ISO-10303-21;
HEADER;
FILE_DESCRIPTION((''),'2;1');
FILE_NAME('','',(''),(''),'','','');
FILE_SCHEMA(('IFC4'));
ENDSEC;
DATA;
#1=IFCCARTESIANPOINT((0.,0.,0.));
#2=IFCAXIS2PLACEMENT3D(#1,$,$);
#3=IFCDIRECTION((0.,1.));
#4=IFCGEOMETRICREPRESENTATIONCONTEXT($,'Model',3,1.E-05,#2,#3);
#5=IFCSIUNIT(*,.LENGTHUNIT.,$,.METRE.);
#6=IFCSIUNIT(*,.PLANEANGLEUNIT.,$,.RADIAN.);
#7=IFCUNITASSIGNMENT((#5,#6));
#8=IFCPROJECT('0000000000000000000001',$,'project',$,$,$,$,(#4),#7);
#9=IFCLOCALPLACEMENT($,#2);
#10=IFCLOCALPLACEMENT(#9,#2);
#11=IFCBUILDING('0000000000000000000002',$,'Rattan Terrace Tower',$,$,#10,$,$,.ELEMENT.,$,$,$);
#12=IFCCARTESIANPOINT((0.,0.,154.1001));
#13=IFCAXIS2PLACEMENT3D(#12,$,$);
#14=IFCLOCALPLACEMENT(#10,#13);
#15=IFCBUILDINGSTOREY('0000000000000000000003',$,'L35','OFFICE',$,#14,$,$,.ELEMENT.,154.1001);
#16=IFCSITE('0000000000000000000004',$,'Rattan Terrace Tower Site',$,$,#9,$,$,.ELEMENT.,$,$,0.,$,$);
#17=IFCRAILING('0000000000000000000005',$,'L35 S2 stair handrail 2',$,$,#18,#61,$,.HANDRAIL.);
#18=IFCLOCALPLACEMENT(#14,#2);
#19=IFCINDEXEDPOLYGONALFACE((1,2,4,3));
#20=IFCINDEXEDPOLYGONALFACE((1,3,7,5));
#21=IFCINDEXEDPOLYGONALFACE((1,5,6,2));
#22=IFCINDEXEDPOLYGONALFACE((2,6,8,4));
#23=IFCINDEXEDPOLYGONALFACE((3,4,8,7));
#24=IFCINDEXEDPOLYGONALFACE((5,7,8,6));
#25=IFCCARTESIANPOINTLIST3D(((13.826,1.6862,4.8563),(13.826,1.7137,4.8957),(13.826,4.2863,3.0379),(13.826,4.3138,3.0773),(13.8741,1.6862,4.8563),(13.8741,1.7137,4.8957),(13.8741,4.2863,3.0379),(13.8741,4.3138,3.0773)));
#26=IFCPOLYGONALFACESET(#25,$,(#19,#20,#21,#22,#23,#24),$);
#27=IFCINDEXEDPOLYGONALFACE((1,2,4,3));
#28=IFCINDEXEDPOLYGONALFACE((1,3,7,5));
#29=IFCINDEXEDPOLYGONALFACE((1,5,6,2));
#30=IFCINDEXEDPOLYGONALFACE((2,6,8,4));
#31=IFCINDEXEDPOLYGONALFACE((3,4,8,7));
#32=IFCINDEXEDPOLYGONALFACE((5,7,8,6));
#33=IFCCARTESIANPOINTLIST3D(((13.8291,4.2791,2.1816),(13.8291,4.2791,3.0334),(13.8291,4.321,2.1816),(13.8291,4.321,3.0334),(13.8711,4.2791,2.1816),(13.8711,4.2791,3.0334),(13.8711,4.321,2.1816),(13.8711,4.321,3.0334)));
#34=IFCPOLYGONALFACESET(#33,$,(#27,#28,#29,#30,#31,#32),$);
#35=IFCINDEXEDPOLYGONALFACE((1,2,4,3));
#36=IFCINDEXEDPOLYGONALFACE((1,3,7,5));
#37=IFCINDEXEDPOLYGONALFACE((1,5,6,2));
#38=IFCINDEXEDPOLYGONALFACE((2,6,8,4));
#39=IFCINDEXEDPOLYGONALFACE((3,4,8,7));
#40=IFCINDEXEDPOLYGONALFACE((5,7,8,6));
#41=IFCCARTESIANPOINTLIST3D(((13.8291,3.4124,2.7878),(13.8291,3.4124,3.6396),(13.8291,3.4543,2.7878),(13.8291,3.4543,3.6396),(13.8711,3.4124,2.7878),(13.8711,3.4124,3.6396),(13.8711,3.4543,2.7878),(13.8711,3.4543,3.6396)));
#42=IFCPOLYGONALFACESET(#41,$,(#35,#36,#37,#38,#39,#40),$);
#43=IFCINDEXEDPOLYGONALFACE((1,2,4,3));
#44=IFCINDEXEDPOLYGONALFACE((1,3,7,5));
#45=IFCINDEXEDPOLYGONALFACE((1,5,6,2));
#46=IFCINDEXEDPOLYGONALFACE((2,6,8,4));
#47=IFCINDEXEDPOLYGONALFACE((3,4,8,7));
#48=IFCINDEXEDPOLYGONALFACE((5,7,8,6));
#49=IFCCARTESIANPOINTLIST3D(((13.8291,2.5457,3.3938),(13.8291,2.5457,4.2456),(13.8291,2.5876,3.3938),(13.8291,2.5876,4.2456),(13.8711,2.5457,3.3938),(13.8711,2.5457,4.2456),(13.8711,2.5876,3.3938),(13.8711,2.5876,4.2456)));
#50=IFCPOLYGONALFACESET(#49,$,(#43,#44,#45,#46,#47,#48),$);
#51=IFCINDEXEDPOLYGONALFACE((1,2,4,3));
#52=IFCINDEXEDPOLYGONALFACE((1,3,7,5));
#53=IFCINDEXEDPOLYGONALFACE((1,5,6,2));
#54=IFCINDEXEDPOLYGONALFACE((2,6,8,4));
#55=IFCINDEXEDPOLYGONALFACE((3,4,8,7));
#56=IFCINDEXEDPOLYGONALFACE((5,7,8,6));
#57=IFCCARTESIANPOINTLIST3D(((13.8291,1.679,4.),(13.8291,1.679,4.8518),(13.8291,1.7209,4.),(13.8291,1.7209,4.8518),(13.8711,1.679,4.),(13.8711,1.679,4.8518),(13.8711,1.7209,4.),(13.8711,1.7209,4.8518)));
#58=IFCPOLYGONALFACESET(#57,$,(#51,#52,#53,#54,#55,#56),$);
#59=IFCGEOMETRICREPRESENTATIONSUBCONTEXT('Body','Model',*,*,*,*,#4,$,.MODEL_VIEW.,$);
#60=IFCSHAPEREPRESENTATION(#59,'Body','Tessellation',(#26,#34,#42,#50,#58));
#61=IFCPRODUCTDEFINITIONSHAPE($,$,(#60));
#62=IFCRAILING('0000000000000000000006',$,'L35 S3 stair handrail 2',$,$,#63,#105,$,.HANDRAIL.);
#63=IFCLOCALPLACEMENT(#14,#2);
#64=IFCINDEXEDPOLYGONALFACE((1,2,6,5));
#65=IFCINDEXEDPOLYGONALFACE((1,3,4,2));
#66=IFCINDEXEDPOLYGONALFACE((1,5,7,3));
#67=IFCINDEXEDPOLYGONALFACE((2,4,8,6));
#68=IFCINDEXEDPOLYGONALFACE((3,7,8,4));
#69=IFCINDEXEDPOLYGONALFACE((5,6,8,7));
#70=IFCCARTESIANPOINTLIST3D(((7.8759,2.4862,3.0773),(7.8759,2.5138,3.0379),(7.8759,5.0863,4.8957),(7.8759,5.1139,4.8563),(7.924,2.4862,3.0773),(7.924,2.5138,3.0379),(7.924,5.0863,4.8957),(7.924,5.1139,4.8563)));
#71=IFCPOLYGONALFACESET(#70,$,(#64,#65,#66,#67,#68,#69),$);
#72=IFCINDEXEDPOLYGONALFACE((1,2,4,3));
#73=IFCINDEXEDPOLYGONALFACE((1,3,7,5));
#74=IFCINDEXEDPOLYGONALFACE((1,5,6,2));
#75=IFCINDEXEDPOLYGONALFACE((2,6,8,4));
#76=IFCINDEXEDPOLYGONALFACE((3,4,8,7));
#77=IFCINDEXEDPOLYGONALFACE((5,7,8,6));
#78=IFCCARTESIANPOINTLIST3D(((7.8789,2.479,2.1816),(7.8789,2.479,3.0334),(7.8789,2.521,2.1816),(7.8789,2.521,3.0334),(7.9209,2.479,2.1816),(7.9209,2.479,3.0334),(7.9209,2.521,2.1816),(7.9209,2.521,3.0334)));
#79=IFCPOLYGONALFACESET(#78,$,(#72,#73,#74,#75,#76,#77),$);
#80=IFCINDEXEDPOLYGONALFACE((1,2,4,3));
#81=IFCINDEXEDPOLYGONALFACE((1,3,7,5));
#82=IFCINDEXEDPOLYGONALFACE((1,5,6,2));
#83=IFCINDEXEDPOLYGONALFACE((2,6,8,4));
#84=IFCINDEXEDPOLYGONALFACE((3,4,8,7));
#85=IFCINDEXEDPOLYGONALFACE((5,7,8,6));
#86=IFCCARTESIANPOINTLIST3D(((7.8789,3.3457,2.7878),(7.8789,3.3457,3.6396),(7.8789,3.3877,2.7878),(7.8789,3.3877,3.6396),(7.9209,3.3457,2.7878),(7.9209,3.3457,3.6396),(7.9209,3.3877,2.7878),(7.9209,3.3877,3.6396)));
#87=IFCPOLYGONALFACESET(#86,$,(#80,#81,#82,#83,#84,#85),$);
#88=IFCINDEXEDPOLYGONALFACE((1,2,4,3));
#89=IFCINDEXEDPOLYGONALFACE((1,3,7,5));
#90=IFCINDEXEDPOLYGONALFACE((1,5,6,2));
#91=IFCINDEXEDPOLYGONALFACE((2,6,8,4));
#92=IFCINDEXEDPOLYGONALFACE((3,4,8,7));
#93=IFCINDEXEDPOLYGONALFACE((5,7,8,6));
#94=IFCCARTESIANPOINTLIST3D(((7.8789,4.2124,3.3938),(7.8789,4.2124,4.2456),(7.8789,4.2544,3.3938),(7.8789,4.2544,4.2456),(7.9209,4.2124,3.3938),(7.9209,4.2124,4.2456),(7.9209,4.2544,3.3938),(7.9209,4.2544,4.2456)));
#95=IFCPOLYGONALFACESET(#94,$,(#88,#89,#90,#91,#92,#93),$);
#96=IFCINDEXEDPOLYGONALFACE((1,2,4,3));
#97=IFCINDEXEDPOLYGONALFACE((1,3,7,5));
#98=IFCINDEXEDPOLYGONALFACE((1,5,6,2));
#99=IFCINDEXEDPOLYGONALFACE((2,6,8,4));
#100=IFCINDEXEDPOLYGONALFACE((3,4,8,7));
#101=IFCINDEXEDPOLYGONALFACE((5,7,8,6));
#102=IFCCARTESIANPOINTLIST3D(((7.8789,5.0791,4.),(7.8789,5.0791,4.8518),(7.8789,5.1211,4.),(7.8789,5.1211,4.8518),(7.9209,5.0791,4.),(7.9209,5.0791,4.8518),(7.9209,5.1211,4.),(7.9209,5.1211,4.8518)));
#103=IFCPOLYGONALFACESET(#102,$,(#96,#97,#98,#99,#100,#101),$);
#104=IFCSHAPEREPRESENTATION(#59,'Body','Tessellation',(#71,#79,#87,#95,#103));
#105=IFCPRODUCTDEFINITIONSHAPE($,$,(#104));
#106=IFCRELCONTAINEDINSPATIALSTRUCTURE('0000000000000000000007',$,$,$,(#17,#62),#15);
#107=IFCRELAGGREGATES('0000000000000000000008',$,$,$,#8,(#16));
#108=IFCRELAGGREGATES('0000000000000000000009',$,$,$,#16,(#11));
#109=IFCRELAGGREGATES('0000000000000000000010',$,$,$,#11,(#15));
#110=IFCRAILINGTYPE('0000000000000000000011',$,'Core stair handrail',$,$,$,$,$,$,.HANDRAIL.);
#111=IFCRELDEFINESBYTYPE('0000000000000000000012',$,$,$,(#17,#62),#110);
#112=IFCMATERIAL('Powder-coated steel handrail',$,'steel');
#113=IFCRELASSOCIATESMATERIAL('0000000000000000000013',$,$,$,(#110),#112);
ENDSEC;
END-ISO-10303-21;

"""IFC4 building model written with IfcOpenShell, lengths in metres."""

from ifc_helpers import new_model, si_unit, direction, frame, origin, origin_2d, place, context, subcontext, project, spatial, rectangle, extrude, material, type_object, element, save


model = new_model("IFC4")

# Units and contexts
model_context = context("Model", 3, precision=1e-05, world=origin(), true_north=direction((0.0, 1.0)))
body_context = subcontext(model_context, "Body", "Model", "MODEL_VIEW")
ifc_project = project(units=[si_unit("LENGTHUNIT", "METRE"), si_unit("PLANEANGLEUNIT", "RADIAN")], contexts=[model_context])

# Site, building, storey
site_placement = place(None, origin())
site = spatial("IfcSite", under=ifc_project, at=site_placement, Name="Rattan Terrace Tower Site", CompositionType="ELEMENT", RefElevation=0.0)
building_placement = place(site_placement, origin())
building = spatial("IfcBuilding", under=site, at=building_placement, Name="Rattan Terrace Tower", CompositionType="ELEMENT")
storey_placement = place(building_placement, frame((0.0, 0.0, 154.1001)))
storey = spatial("IfcBuildingStorey", under=building, at=storey_placement, Name="L35", Description="OFFICE", CompositionType="ELEMENT", Elevation=154.1001)

# Railings
ifc_material_1 = material(Name="Powder-coated steel handrail", Category="steel")
railing_type_1 = type_object("IfcRailingType", Name="Core stair handrail", PredefinedType="HANDRAIL", material=ifc_material_1)
railing_1_placement = place(storey_placement, frame((13.8501, 4.3, 2.1816)))
element("IfcRailing", 1, at=railing_1_placement, inside=storey, type_object=railing_type_1, Name="L35 S2 stair handrail 2", PredefinedType="HANDRAIL", context=body_context, shape_type="SweptSolid", body=[
    extrude(rectangle(XDim=0.0481, YDim=0.0481, at=origin_2d()), frame((0.0, 0.0, 0.876), z_axis=(0.0, -0.819485, 0.573101), x_axis=(1.0, 0.0, 0.0)), (0.0, 0.0, 1.0), 3.1729),
    extrude(rectangle(XDim=0.042, YDim=0.042, at=origin_2d()), origin(), (0.0, 0.0, 1.0), 0.8518),
    extrude(rectangle(XDim=0.042, YDim=0.042, at=origin_2d()), frame((0.0, -0.8667, 0.6062)), (0.0, 0.0, 1.0), 0.8518),
    extrude(rectangle(XDim=0.042, YDim=0.042, at=origin_2d()), frame((0.0, -1.7334, 1.2122)), (0.0, 0.0, 1.0), 0.8518),
    extrude(rectangle(XDim=0.042, YDim=0.042, at=origin_2d()), frame((0.0, -2.6001, 1.8184)), (0.0, 0.0, 1.0), 0.8518),
])
railing_2_placement = place(storey_placement, frame((7.8999, 2.5, 2.1816)))
element("IfcRailing", 2, at=railing_2_placement, inside=storey, type_object=railing_type_1, Name="L35 S3 stair handrail 2", PredefinedType="HANDRAIL", context=body_context, shape_type="SweptSolid", body=[
    extrude(rectangle(XDim=0.0481, YDim=0.0481, at=origin_2d()), frame((0.0, 0.0, 0.876), z_axis=(0.0, 0.819485, 0.573101), x_axis=(-1.0, 0.0, 0.0)), (0.0, 0.0, 1.0), 3.1729),
    extrude(rectangle(XDim=0.042, YDim=0.042, at=origin_2d()), origin(), (0.0, 0.0, 1.0), 0.8518),
    extrude(rectangle(XDim=0.042, YDim=0.042, at=origin_2d()), frame((0.0, 0.8667, 0.6062)), (0.0, 0.0, 1.0), 0.8518),
    extrude(rectangle(XDim=0.042, YDim=0.042, at=origin_2d()), frame((0.0, 1.7334, 1.2122)), (0.0, 0.0, 1.0), 0.8518),
    extrude(rectangle(XDim=0.042, YDim=0.042, at=origin_2d()), frame((0.0, 2.6001, 1.8184)), (0.0, 0.0, 1.0), 0.8518),
])

save(model, "model.ifc")
